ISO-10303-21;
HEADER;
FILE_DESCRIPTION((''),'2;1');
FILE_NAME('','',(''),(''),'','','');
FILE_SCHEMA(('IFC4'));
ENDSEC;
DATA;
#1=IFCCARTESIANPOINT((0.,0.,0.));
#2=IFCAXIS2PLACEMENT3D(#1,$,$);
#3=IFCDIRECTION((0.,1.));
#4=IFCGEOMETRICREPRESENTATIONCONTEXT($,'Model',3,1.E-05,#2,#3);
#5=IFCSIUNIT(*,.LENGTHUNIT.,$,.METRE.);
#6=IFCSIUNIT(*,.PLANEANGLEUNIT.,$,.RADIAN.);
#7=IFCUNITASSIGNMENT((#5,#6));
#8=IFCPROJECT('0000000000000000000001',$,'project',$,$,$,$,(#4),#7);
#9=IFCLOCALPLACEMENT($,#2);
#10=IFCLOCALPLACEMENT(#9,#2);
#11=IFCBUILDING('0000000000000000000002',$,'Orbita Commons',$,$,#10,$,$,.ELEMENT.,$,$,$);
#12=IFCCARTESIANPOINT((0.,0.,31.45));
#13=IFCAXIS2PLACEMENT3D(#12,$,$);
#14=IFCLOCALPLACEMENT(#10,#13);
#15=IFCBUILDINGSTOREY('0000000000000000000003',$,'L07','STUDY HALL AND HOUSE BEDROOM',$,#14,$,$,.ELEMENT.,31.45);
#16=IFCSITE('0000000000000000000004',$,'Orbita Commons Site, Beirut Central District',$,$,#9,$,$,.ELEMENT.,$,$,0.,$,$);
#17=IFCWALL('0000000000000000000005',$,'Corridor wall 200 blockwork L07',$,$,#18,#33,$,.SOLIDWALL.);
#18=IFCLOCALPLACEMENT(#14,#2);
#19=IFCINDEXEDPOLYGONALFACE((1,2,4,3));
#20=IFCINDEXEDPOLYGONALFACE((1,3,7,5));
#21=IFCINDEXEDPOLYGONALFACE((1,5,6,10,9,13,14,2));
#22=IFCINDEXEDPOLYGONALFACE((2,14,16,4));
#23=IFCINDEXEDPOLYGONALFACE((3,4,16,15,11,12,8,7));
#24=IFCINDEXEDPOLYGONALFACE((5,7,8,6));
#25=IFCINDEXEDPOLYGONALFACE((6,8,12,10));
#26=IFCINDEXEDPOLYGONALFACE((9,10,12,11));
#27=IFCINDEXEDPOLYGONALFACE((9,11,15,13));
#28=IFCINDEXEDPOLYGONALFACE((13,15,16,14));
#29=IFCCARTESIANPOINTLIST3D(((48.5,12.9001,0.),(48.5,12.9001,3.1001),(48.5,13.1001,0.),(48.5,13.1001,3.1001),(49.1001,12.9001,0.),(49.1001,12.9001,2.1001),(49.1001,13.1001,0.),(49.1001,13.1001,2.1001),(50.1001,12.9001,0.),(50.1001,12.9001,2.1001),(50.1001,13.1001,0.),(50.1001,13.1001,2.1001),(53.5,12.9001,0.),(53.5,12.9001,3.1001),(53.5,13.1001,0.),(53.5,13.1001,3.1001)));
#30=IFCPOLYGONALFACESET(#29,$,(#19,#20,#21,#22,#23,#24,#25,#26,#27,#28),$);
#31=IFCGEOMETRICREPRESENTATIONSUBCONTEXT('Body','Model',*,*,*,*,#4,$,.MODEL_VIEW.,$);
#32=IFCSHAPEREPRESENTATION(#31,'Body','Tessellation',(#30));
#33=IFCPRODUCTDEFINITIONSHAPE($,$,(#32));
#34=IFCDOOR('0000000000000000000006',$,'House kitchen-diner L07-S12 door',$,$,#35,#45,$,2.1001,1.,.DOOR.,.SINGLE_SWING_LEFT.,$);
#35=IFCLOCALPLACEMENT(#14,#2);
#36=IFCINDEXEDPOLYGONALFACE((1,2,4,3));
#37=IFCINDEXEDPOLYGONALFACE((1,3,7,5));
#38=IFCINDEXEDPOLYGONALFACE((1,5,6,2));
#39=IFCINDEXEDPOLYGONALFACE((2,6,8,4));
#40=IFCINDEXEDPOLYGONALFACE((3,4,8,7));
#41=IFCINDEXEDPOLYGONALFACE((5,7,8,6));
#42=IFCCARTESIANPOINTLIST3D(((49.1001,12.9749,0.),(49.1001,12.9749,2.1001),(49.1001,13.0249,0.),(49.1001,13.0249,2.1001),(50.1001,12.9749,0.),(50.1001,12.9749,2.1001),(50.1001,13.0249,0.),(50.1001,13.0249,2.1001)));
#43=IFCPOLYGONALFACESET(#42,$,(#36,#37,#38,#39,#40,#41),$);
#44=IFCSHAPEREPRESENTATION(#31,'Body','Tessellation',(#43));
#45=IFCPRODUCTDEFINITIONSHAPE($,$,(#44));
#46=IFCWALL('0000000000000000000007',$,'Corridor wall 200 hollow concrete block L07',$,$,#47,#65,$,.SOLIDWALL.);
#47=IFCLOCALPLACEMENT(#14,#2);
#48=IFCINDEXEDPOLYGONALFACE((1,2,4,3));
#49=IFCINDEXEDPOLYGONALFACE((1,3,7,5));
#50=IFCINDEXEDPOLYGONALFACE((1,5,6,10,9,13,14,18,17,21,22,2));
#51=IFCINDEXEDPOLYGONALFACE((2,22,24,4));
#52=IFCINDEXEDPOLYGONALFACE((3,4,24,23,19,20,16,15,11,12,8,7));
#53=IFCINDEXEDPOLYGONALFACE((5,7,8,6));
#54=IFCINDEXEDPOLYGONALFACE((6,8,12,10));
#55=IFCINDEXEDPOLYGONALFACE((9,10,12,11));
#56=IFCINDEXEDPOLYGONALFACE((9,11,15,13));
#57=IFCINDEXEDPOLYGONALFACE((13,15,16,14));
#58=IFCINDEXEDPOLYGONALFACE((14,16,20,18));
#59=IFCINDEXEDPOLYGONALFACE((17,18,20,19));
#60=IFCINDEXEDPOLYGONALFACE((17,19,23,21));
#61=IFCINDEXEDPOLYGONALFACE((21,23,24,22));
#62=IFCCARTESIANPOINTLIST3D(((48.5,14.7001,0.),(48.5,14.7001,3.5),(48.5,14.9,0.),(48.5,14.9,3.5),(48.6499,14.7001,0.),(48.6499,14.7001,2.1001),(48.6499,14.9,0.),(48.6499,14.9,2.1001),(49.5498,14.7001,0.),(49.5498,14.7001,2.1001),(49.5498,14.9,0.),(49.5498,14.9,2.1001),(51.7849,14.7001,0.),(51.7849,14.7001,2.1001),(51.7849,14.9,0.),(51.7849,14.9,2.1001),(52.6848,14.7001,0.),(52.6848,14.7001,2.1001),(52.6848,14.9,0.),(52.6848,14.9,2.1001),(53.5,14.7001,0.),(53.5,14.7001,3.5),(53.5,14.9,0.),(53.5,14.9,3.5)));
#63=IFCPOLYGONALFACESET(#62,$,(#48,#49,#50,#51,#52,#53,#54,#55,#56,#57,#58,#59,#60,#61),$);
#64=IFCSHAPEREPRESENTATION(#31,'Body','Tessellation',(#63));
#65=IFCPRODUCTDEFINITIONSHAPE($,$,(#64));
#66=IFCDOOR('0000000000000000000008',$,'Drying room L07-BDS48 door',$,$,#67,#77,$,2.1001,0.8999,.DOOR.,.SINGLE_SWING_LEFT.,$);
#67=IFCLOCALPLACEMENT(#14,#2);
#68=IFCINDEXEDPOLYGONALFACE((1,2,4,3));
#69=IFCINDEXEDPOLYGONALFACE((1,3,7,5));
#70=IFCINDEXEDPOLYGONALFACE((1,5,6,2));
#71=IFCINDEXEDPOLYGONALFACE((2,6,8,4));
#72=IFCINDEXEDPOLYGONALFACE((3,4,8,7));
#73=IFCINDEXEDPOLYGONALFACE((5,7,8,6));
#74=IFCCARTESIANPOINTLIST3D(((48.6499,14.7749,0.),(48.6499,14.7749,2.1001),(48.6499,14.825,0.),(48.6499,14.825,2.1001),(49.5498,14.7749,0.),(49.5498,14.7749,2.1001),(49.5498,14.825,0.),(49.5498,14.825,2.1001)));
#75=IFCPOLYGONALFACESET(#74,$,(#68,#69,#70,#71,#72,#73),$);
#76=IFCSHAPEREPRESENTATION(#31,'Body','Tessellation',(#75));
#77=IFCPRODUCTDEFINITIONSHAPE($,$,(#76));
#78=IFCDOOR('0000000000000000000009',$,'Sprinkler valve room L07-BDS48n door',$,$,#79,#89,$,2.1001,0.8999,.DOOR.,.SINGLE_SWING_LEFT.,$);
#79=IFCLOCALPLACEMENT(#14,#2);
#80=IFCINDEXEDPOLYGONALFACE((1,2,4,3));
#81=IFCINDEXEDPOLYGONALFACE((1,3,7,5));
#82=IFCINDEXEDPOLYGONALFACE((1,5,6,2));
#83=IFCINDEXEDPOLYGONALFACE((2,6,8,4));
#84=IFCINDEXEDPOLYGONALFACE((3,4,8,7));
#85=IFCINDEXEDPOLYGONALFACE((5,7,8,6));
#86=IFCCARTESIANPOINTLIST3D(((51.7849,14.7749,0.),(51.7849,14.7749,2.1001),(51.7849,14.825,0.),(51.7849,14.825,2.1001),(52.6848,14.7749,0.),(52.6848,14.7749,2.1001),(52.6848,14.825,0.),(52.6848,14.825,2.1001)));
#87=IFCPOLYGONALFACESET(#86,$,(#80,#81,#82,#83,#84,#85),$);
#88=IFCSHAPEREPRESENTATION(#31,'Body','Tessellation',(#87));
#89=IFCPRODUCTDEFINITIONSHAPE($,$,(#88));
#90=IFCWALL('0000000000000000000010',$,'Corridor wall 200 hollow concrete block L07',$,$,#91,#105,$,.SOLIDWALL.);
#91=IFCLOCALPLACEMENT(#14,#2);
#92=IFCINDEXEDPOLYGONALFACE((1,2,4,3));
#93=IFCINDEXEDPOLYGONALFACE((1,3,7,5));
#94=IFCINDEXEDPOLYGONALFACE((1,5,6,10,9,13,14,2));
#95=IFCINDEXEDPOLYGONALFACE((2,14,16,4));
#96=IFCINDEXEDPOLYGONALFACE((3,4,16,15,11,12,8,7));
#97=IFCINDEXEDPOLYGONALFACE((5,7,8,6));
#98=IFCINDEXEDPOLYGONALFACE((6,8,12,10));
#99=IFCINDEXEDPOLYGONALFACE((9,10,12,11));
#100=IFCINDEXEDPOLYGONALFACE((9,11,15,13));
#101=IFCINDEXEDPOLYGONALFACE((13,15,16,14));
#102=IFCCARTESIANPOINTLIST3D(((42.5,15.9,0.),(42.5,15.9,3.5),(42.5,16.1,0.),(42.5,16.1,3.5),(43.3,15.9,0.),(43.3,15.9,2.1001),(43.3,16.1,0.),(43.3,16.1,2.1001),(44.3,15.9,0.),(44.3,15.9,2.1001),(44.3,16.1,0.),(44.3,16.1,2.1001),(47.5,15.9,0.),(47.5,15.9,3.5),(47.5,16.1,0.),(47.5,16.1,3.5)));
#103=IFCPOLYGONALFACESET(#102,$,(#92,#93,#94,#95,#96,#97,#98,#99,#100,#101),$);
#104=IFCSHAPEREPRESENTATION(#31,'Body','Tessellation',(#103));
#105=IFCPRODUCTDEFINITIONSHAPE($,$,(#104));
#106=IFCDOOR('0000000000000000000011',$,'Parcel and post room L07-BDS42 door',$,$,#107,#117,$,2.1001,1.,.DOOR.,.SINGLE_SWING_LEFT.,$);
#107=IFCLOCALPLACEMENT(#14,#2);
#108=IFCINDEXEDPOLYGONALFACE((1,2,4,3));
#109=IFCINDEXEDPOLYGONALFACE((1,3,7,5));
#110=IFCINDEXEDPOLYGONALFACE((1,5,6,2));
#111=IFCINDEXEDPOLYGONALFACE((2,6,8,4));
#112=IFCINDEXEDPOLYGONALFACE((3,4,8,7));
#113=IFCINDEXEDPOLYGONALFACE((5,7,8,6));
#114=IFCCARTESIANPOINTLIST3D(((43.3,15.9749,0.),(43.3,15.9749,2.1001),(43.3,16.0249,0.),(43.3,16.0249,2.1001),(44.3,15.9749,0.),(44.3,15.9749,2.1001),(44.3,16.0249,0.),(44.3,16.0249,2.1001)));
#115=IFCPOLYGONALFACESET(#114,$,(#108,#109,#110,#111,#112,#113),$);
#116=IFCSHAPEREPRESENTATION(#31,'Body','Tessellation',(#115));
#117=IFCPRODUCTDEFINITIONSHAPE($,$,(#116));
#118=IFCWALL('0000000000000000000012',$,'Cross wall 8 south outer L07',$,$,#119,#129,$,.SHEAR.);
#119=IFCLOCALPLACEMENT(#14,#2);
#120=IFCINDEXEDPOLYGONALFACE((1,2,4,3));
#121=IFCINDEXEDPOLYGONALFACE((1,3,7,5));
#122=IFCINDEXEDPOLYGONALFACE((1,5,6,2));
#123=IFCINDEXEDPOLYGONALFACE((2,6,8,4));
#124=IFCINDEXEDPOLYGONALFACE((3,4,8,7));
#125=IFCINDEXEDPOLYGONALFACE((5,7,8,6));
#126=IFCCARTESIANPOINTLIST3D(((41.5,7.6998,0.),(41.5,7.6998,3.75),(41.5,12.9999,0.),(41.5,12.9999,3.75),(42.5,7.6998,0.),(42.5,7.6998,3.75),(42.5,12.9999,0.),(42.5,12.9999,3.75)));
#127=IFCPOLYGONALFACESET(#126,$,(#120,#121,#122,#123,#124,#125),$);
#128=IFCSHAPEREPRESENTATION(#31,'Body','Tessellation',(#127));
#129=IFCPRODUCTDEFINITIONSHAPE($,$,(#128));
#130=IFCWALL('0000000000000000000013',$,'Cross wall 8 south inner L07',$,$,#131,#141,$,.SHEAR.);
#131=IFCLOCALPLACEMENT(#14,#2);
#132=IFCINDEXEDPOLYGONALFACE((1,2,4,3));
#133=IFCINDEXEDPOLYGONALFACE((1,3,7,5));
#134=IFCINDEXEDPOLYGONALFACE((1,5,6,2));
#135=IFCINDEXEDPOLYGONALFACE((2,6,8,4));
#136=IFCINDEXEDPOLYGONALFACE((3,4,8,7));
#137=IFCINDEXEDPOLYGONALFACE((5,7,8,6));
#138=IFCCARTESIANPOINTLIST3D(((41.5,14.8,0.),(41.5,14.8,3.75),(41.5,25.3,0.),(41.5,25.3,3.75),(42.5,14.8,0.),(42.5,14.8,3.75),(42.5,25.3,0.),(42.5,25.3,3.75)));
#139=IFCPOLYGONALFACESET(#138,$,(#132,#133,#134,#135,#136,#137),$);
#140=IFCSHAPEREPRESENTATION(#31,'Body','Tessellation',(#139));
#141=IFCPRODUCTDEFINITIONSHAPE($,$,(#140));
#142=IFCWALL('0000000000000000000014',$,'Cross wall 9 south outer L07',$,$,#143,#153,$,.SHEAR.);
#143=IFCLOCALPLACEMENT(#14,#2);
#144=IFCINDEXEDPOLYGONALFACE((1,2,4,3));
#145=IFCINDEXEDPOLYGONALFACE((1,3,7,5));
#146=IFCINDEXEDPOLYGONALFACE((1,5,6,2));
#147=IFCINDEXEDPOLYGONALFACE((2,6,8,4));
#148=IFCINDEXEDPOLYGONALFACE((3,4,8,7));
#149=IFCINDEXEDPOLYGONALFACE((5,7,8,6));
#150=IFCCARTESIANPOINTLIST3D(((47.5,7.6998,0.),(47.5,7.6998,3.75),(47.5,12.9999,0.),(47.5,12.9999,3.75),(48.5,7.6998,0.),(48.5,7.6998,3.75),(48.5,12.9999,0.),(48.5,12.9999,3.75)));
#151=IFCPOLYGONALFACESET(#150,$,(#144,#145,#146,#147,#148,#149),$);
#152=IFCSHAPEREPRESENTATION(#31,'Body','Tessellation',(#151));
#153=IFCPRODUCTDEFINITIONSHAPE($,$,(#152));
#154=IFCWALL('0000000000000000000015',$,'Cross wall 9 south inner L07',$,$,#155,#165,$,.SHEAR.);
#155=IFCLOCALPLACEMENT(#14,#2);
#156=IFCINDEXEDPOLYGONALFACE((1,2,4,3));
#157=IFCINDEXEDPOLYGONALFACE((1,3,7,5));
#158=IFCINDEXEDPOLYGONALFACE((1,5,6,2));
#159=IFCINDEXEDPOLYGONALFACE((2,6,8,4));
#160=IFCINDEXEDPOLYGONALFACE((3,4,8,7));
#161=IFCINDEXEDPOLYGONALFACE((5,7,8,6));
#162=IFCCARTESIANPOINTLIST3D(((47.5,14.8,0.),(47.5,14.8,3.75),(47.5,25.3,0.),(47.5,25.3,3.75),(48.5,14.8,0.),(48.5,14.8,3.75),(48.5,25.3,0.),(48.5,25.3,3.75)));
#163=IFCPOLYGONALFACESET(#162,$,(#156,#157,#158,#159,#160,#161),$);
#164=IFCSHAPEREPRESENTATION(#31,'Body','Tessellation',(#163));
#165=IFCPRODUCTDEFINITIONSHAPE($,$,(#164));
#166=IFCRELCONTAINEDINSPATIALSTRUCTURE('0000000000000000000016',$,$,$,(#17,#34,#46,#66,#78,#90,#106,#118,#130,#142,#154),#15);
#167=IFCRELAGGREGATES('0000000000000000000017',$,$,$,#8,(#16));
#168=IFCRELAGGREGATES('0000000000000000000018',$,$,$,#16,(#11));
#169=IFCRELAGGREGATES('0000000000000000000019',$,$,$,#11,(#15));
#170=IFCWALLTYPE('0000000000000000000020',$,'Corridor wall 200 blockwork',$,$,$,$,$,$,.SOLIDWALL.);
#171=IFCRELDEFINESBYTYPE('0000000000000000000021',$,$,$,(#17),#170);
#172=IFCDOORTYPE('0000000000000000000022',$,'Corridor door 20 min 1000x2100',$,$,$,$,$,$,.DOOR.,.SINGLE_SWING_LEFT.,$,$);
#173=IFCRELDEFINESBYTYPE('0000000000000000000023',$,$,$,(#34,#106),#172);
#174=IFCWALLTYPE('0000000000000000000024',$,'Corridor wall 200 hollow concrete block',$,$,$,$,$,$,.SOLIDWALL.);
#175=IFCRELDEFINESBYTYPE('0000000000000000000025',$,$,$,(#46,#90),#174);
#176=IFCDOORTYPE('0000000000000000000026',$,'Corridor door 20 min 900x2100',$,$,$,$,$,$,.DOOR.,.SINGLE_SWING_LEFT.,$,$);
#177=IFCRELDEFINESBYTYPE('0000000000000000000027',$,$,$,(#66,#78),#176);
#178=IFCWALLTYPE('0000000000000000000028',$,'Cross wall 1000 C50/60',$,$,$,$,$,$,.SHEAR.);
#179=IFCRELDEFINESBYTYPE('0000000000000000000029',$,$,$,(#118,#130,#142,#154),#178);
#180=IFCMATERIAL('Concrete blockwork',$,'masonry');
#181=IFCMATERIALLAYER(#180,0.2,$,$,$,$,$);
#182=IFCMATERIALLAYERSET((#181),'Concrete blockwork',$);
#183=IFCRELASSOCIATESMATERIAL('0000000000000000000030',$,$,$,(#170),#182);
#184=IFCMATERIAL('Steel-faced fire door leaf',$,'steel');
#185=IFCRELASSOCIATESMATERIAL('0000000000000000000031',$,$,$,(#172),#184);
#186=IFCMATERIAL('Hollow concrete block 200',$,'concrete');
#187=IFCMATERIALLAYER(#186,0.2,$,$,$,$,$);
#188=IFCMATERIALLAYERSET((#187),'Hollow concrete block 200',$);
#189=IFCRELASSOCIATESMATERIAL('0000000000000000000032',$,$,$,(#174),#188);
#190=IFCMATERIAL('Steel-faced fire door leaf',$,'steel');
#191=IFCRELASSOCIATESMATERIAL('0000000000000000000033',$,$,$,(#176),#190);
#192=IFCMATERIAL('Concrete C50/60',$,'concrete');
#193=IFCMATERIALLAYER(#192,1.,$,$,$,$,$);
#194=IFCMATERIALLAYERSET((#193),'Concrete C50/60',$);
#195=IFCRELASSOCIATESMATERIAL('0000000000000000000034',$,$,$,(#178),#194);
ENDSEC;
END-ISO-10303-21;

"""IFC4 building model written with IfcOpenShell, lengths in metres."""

from ifc_helpers import new_model, si_unit, direction, frame, frame_2d, origin, place, context, subcontext, project, spatial, polyline, rectangle, outline, extrude, material, layer, layer_set, type_object, element, fill, save


model = new_model("IFC4")

# Units and contexts
model_context = context("Model", 3, precision=1e-05, world=origin(), true_north=direction((0.0, 1.0)))
body_context = subcontext(model_context, "Body", "Model", "MODEL_VIEW")
ifc_project = project(units=[si_unit("LENGTHUNIT", "METRE"), si_unit("PLANEANGLEUNIT", "RADIAN")], contexts=[model_context])

# Site, building, storey
site_placement = place(None, origin())
site = spatial("IfcSite", under=ifc_project, at=site_placement, Name="Orbita Commons Site, Beirut Central District", CompositionType="ELEMENT", RefElevation=0.0)
building_placement = place(site_placement, origin())
building = spatial("IfcBuilding", under=site, at=building_placement, Name="Orbita Commons", CompositionType="ELEMENT")
storey_placement = place(building_placement, frame((0.0, 0.0, 31.45)))
storey = spatial("IfcBuildingStorey", under=building, at=storey_placement, Name="L07", Description="STUDY HALL AND HOUSE BEDROOM", CompositionType="ELEMENT", Elevation=31.45)

# Wall, opening, door
ifc_material_1 = material(Name="Concrete blockwork", Category="masonry")
ifc_layer_1 = layer(ifc_material_1, 0.2)
ifc_layer_set_1 = layer_set([ifc_layer_1], Name="Concrete blockwork")
wall_type_1 = type_object("IfcWallType", Name="Corridor wall 200 blockwork", PredefinedType="SOLIDWALL", material=ifc_layer_set_1)
ifc_material_2 = material(Name="Steel-faced fire door leaf", Category="steel")
door_type_1 = type_object("IfcDoorType", Name="Corridor door 20 min 1000x2100", OperationType="SINGLE_SWING_LEFT", PredefinedType="DOOR", material=ifc_material_2)
wall_1_placement = place(storey_placement, frame((48.5, 13.0, 0.0), z_axis=(0.0, 0.0, 1.0), x_axis=(1.0, 0.0, 0.0)))
wall_1 = element("IfcWall", 1, at=wall_1_placement, inside=storey, type_object=wall_type_1, Name="Corridor wall 200 blockwork L07", PredefinedType="SOLIDWALL", context=body_context, shape_type="SweptSolid", body=[
    extrude(outline(polyline([(0.0, 0.0), (5.0, 0.0), (5.0, 3.1001), (0.0, 3.1001), (0.0, 0.0)])), frame((0.0, 0.1001, 0.0), z_axis=(0.0, -1.0, 0.0), x_axis=(1.0, 0.0, 0.0)), (0.0, 0.0, 1.0), 0.2),
])
opening_1_placement = place(wall_1_placement, frame((0.6001, 0.0, 0.0)))
opening_1 = element("IfcOpeningElement", 2, at=opening_1_placement, cuts=wall_1, PredefinedType="OPENING", context=body_context, shape_type="SweptSolid", body=[
    extrude(rectangle(XDim=1.0, YDim=2.1001, at=frame_2d((0.5, 1.05))), frame((0.0, 0.1099, 0.0), z_axis=(0.0, -1.0, 0.0), x_axis=(1.0, 0.0, 0.0)), (0.0, 0.0, 1.0), 0.22),
])
door_1_placement = place(opening_1_placement, origin())
door_1 = element("IfcDoor", 3, at=door_1_placement, inside=storey, type_object=door_type_1, Name="House kitchen-diner L07-S12 door", OperationType="SINGLE_SWING_LEFT", OverallHeight=2.1001, OverallWidth=1.0, PredefinedType="DOOR", context=body_context, shape_type="SweptSolid", body=[
    extrude(rectangle(XDim=1.0, YDim=2.1001, at=frame_2d((0.5, 1.05))), frame((0.0, 0.0249, 0.0), z_axis=(0.0, -1.0, 0.0), x_axis=(1.0, 0.0, 0.0)), (0.0, 0.0, 1.0), 0.05),
])
fill(opening_1, door_1)

# Wall, openings, doors
ifc_material_3 = material(Name="Hollow concrete block 200", Category="concrete")
ifc_layer_2 = layer(ifc_material_3, 0.2)
ifc_layer_set_2 = layer_set([ifc_layer_2], Name="Hollow concrete block 200")
wall_type_2 = type_object("IfcWallType", Name="Corridor wall 200 hollow concrete block", PredefinedType="SOLIDWALL", material=ifc_layer_set_2)
wall_2_placement = place(storey_placement, frame((48.5, 14.8, 0.0), z_axis=(0.0, 0.0, 1.0), x_axis=(1.0, 0.0, 0.0)))
wall_2 = element("IfcWall", 4, at=wall_2_placement, inside=storey, type_object=wall_type_2, Name="Corridor wall 200 hollow concrete block L07", PredefinedType="SOLIDWALL", context=body_context, shape_type="SweptSolid", body=[
    extrude(rectangle(XDim=5.0, YDim=0.2, at=frame_2d((2.5, 0.0))), origin(), (0.0, 0.0, 1.0), 3.5),
])
opening_2_placement = place(wall_2_placement, frame((0.1499, 0.0, 0.0)))
opening_2 = element("IfcOpeningElement", 5, at=opening_2_placement, cuts=wall_2, PredefinedType="OPENING", context=body_context, shape_type="SweptSolid", body=[
    extrude(rectangle(XDim=0.8999, YDim=2.1001, at=frame_2d((0.45, 1.05))), frame((0.0, 0.1099, 0.0), z_axis=(0.0, -1.0, 0.0), x_axis=(1.0, 0.0, 0.0)), (0.0, 0.0, 1.0), 0.22),
])
opening_3_placement = place(wall_2_placement, frame((3.2849, 0.0, 0.0)))
opening_3 = element("IfcOpeningElement", 6, at=opening_3_placement, cuts=wall_2, PredefinedType="OPENING", context=body_context, shape_type="SweptSolid", body=[
    extrude(rectangle(XDim=0.8999, YDim=2.1001, at=frame_2d((0.45, 1.05))), frame((0.0, 0.1099, 0.0), z_axis=(0.0, -1.0, 0.0), x_axis=(1.0, 0.0, 0.0)), (0.0, 0.0, 1.0), 0.22),
])
ifc_material_4 = material(Name="Steel-faced fire door leaf", Category="steel")
door_type_2 = type_object("IfcDoorType", Name="Corridor door 20 min 900x2100", OperationType="SINGLE_SWING_LEFT", PredefinedType="DOOR", material=ifc_material_4)
door_2_placement = place(opening_2_placement, origin())
door_2 = element("IfcDoor", 7, at=door_2_placement, inside=storey, type_object=door_type_2, Name="Drying room L07-BDS48 door", OperationType="SINGLE_SWING_LEFT", OverallHeight=2.1001, OverallWidth=0.8999, PredefinedType="DOOR", context=body_context, shape_type="SweptSolid", body=[
    extrude(rectangle(XDim=0.8999, YDim=2.1001, at=frame_2d((0.45, 1.05))), frame((0.0, 0.0249, 0.0), z_axis=(0.0, -1.0, 0.0), x_axis=(1.0, 0.0, 0.0)), (0.0, 0.0, 1.0), 0.05),
])
fill(opening_2, door_2)
door_3_placement = place(opening_3_placement, origin())
door_3 = element("IfcDoor", 8, at=door_3_placement, inside=storey, type_object=door_type_2, Name="Sprinkler valve room L07-BDS48n door", OperationType="SINGLE_SWING_LEFT", OverallHeight=2.1001, OverallWidth=0.8999, PredefinedType="DOOR", context=body_context, shape_type="SweptSolid", body=[
    extrude(rectangle(XDim=0.8999, YDim=2.1001, at=frame_2d((0.45, 1.05))), frame((0.0, 0.0249, 0.0), z_axis=(0.0, -1.0, 0.0), x_axis=(1.0, 0.0, 0.0)), (0.0, 0.0, 1.0), 0.05),
])
fill(opening_3, door_3)

# Wall, opening, door
wall_3_placement = place(storey_placement, frame((42.5, 16.0, 0.0), z_axis=(0.0, 0.0, 1.0), x_axis=(1.0, 0.0, 0.0)))
wall_3 = element("IfcWall", 9, at=wall_3_placement, inside=storey, type_object=wall_type_2, Name="Corridor wall 200 hollow concrete block L07", PredefinedType="SOLIDWALL", context=body_context, shape_type="SweptSolid", body=[
    extrude(rectangle(XDim=5.0, YDim=0.2, at=frame_2d((2.5, 0.0))), origin(), (0.0, 0.0, 1.0), 3.5),
])
opening_4_placement = place(wall_3_placement, frame((0.8, 0.0, 0.0)))
opening_4 = element("IfcOpeningElement", 10, at=opening_4_placement, cuts=wall_3, PredefinedType="OPENING", context=body_context, shape_type="SweptSolid", body=[
    extrude(rectangle(XDim=1.0, YDim=2.1001, at=frame_2d((0.5, 1.05))), frame((0.0, 0.1099, 0.0), z_axis=(0.0, -1.0, 0.0), x_axis=(1.0, 0.0, 0.0)), (0.0, 0.0, 1.0), 0.22),
])
door_4_placement = place(opening_4_placement, origin())
door_4 = element("IfcDoor", 11, at=door_4_placement, inside=storey, type_object=door_type_1, Name="Parcel and post room L07-BDS42 door", OperationType="SINGLE_SWING_LEFT", OverallHeight=2.1001, OverallWidth=1.0, PredefinedType="DOOR", context=body_context, shape_type="SweptSolid", body=[
    extrude(rectangle(XDim=1.0, YDim=2.1001, at=frame_2d((0.5, 1.05))), frame((0.0, 0.0249, 0.0), z_axis=(0.0, -1.0, 0.0), x_axis=(1.0, 0.0, 0.0)), (0.0, 0.0, 1.0), 0.05),
])
fill(opening_4, door_4)

# Walls
ifc_material_5 = material(Name="Concrete C50/60", Category="concrete")
ifc_layer_3 = layer(ifc_material_5, 1.0)
ifc_layer_set_3 = layer_set([ifc_layer_3], Name="Concrete C50/60")
wall_type_3 = type_object("IfcWallType", Name="Cross wall 1000 C50/60", PredefinedType="SHEAR", material=ifc_layer_set_3)
wall_4_placement = place(storey_placement, frame((42.0, 7.7, 0.0), z_axis=(0.0, 0.0, 1.0), x_axis=(0.0, 1.0, 0.0)))
element("IfcWall", 12, at=wall_4_placement, inside=storey, type_object=wall_type_3, Name="Cross wall 8 south outer L07", PredefinedType="SHEAR", context=body_context, shape_type="SweptSolid", body=[
    extrude(rectangle(XDim=5.3, YDim=1.0, at=frame_2d((2.6499, 0.0))), origin(), (0.0, 0.0, 1.0), 3.75),
])
wall_5_placement = place(storey_placement, frame((42.0, 14.8, 0.0), z_axis=(0.0, 0.0, 1.0), x_axis=(0.0, 1.0, 0.0)))
element("IfcWall", 13, at=wall_5_placement, inside=storey, type_object=wall_type_3, Name="Cross wall 8 south inner L07", PredefinedType="SHEAR", context=body_context, shape_type="SweptSolid", body=[
    extrude(rectangle(XDim=10.5, YDim=1.0, at=frame_2d((5.25, 0.0))), origin(), (0.0, 0.0, 1.0), 3.75),
])
wall_6_placement = place(storey_placement, frame((48.0, 7.7, 0.0), z_axis=(0.0, 0.0, 1.0), x_axis=(0.0, 1.0, 0.0)))
element("IfcWall", 14, at=wall_6_placement, inside=storey, type_object=wall_type_3, Name="Cross wall 9 south outer L07", PredefinedType="SHEAR", context=body_context, shape_type="SweptSolid", body=[
    extrude(rectangle(XDim=5.3, YDim=1.0, at=frame_2d((2.6499, 0.0))), origin(), (0.0, 0.0, 1.0), 3.75),
])
wall_7_placement = place(storey_placement, frame((48.0, 14.8, 0.0), z_axis=(0.0, 0.0, 1.0), x_axis=(0.0, 1.0, 0.0)))
element("IfcWall", 15, at=wall_7_placement, inside=storey, type_object=wall_type_3, Name="Cross wall 9 south inner L07", PredefinedType="SHEAR", context=body_context, shape_type="SweptSolid", body=[
    extrude(rectangle(XDim=10.5, YDim=1.0, at=frame_2d((5.25, 0.0))), origin(), (0.0, 0.0, 1.0), 3.75),
])

save(model, "model.ifc")
